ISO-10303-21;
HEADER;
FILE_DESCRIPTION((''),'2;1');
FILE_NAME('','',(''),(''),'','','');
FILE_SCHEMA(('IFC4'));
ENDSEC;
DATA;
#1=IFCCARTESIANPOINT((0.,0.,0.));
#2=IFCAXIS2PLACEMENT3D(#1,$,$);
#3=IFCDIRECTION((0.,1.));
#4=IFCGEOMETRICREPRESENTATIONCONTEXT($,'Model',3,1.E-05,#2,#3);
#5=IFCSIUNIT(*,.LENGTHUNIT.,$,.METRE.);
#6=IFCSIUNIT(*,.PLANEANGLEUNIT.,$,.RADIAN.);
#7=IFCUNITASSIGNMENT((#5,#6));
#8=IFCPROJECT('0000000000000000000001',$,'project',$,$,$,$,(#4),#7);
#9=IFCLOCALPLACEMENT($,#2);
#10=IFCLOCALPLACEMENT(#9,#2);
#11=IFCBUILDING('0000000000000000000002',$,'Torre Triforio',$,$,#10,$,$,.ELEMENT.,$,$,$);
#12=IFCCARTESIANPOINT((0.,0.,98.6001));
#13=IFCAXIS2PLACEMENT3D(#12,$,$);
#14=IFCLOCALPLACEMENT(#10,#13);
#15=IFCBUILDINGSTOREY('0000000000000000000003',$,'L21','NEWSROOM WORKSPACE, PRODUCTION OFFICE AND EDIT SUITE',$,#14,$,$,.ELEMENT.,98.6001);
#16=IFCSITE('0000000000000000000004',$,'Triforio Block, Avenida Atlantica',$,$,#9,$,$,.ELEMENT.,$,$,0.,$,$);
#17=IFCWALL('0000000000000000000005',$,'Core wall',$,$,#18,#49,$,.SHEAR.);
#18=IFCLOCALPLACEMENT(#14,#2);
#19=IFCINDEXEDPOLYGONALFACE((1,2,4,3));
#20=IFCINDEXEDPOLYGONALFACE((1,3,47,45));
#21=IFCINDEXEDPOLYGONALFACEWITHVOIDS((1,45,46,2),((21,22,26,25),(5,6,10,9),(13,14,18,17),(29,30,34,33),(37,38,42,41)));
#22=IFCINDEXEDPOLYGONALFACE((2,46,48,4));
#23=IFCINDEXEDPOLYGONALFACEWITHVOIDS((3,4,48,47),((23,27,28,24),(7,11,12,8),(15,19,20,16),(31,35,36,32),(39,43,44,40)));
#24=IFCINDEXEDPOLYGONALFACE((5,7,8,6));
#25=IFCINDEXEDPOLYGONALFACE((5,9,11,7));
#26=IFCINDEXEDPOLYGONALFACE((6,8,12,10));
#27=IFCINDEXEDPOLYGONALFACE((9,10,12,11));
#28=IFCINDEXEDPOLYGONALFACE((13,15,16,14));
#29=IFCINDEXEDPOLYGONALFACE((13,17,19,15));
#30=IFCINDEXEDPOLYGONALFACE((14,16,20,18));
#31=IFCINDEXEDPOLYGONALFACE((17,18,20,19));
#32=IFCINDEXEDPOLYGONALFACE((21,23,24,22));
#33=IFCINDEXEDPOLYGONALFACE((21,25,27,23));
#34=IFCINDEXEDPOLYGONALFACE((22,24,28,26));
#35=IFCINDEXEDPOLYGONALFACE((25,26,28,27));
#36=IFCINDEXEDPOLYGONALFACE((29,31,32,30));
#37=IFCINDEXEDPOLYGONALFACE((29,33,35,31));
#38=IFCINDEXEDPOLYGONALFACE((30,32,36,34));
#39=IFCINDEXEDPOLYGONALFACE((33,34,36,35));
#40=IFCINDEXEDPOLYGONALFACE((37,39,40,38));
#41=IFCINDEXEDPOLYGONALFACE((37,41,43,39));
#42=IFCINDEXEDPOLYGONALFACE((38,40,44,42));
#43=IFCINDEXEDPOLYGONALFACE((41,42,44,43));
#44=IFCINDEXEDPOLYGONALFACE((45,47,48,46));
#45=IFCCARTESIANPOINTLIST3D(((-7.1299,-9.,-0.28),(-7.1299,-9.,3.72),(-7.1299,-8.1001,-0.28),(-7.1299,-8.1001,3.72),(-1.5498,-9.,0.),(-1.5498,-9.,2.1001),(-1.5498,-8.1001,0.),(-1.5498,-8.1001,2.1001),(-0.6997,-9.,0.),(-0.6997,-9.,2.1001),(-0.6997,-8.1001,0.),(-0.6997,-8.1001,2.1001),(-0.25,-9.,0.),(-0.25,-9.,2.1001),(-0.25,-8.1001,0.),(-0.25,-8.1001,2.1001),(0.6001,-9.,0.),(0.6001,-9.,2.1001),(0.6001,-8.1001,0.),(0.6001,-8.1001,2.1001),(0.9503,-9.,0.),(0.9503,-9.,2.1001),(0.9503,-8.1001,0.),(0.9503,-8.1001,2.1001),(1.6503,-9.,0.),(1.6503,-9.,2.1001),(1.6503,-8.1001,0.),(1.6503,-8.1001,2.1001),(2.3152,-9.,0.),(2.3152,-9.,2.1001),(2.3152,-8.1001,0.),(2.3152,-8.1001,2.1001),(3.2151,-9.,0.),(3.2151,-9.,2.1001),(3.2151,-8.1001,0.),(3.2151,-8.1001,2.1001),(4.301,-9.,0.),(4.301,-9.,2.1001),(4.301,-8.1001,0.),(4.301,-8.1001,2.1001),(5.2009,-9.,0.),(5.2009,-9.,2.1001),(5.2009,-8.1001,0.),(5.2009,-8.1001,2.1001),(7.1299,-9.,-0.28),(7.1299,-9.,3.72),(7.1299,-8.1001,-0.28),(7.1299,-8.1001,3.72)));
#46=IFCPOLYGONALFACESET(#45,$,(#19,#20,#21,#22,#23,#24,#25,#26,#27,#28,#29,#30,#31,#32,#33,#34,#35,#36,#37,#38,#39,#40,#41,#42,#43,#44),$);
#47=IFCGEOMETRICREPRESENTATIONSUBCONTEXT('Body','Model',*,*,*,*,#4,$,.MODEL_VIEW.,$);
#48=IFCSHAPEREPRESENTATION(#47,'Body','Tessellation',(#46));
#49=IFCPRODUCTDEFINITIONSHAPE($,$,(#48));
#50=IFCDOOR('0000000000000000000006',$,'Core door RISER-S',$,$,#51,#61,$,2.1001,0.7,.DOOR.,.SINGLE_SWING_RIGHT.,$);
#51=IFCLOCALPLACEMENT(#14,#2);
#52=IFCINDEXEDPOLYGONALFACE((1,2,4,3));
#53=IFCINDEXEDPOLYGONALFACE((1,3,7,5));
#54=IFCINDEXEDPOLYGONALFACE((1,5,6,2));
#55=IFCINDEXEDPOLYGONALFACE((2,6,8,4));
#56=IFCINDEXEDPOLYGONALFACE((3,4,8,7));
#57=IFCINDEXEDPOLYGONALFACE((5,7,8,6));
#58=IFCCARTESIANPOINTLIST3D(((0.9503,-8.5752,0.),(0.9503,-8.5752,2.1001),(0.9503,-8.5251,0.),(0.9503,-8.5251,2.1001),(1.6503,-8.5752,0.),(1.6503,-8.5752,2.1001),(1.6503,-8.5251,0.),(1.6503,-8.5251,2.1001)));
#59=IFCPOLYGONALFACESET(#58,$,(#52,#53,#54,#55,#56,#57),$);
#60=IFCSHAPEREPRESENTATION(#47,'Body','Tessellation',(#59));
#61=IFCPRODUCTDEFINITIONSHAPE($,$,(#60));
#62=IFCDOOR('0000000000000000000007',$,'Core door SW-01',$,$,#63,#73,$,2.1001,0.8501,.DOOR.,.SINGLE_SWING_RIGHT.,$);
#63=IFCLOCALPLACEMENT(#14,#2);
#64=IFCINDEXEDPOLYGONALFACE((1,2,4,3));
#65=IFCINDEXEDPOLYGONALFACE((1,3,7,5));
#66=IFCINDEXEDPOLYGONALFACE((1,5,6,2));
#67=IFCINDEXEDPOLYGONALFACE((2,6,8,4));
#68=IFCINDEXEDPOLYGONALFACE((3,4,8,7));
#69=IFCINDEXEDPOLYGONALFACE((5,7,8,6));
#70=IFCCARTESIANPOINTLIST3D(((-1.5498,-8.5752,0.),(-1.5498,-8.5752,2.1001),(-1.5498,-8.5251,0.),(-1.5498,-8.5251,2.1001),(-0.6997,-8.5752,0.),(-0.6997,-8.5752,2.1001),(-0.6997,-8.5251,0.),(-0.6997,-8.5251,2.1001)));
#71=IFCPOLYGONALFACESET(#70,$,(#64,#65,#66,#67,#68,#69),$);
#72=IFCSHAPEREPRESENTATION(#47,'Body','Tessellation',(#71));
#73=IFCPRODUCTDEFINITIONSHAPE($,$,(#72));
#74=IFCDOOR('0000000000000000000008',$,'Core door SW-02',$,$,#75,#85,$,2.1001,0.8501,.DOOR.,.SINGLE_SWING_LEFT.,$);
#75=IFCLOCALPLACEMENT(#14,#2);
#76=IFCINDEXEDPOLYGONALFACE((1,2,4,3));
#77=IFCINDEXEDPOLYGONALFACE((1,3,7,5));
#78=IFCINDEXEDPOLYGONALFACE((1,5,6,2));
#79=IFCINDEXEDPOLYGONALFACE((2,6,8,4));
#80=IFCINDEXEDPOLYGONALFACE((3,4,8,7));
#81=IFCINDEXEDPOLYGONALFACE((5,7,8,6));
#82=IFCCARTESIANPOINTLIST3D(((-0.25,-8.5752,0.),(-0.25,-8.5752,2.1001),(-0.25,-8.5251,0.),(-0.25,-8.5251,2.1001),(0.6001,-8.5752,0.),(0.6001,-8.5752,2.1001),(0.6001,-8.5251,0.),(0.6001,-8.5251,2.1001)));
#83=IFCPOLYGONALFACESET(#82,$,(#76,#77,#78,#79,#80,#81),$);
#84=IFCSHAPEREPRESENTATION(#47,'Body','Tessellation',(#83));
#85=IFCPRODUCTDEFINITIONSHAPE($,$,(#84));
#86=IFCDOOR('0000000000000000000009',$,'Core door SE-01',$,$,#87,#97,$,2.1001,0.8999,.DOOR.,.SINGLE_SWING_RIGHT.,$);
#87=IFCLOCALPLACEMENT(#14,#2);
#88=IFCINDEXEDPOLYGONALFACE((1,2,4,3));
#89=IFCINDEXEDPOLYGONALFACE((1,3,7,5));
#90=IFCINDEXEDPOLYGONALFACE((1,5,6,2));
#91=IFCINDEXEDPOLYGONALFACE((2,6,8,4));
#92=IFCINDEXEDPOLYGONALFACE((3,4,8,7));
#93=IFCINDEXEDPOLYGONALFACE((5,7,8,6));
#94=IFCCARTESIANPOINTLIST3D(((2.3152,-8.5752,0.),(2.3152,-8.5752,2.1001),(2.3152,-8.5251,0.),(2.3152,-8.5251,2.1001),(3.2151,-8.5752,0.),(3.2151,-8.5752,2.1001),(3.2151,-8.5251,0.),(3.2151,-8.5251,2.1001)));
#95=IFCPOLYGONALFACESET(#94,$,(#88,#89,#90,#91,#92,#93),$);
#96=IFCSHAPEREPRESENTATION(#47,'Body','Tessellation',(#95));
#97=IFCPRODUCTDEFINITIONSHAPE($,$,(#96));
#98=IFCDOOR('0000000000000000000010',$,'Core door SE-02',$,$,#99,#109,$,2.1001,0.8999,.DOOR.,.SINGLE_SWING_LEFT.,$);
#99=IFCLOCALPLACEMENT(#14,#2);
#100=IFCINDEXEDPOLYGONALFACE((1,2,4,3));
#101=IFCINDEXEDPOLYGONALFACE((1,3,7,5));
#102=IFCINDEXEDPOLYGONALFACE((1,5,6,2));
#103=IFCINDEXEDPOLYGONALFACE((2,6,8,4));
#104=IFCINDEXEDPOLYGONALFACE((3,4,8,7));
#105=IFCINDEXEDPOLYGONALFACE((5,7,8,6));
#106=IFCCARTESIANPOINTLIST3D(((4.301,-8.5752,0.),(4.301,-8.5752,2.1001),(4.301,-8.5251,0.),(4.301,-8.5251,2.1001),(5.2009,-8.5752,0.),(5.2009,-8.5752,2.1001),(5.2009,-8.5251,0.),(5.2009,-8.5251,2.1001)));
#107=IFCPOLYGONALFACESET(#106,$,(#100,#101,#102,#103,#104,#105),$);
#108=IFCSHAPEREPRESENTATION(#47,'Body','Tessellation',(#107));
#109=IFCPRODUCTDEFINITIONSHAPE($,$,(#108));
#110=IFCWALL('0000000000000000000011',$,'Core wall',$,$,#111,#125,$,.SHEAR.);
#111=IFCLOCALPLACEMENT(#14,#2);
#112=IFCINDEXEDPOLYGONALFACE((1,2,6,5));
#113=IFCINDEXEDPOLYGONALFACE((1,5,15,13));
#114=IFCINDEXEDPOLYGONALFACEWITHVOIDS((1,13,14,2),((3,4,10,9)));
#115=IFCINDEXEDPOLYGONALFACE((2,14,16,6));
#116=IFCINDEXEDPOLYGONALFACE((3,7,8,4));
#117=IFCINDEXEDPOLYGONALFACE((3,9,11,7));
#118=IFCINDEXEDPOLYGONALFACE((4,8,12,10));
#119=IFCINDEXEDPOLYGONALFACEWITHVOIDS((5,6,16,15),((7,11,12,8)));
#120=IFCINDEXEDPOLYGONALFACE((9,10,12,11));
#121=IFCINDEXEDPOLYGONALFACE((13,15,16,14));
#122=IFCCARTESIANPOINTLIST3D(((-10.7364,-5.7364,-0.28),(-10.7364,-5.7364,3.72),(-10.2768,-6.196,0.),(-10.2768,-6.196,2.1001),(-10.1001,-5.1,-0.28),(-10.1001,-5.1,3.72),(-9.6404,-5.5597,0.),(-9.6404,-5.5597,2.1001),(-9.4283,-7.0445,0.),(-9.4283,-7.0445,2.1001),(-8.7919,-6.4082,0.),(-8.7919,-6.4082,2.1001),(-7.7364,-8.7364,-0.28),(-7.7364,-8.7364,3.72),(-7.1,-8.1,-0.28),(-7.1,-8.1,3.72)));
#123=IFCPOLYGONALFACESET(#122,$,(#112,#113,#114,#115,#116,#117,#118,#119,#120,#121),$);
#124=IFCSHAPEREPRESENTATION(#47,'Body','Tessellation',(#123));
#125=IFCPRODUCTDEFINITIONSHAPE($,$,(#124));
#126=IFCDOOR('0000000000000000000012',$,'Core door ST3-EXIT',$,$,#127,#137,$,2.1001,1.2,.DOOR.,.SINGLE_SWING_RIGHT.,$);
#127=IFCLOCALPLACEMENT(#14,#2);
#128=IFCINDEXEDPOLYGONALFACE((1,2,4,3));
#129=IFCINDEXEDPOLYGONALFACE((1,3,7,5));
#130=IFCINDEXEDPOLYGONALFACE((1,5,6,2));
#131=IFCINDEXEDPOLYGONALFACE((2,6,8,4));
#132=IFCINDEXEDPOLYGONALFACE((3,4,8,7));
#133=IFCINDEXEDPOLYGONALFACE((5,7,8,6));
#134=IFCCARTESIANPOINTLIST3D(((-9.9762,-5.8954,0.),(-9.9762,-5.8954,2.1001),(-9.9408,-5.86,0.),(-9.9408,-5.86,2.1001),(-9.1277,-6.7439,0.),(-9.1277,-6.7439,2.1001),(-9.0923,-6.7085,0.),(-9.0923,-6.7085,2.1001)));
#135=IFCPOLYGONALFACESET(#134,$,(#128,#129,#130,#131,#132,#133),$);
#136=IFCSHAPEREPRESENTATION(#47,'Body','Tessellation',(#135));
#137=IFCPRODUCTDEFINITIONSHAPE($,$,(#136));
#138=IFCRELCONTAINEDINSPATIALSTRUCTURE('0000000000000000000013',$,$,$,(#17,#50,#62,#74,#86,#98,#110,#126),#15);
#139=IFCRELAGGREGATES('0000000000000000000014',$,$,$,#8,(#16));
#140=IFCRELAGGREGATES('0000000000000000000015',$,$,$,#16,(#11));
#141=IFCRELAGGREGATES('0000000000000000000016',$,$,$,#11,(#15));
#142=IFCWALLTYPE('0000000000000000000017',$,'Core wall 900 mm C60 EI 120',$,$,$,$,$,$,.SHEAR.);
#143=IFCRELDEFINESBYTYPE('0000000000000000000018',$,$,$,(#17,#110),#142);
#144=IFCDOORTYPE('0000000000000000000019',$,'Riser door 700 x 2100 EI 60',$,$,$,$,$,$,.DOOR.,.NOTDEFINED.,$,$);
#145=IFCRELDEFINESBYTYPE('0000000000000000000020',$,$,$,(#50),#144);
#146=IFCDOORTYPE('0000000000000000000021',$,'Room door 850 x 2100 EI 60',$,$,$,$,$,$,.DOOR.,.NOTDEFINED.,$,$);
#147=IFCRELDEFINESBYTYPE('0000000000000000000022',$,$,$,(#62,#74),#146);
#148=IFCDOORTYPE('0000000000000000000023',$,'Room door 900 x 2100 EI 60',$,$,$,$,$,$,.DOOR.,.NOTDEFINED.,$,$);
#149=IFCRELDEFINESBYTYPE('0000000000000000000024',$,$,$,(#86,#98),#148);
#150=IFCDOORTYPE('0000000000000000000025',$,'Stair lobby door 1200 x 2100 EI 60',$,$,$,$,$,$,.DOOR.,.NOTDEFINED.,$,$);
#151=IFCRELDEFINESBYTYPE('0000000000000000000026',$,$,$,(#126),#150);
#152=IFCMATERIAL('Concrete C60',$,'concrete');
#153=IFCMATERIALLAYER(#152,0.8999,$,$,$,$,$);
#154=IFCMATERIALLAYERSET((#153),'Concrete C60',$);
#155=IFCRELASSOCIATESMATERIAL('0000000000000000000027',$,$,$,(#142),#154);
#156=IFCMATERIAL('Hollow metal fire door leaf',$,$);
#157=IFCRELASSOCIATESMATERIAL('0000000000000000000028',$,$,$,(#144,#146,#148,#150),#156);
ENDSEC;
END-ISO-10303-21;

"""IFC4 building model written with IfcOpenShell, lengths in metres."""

from ifc_helpers import new_model, si_unit, direction, frame, frame_2d, origin, place, context, subcontext, project, spatial, rectangle, extrude, material, layer, layer_set, type_object, element, fill, save


model = new_model("IFC4")

# Units and contexts
model_context = context("Model", 3, precision=1e-05, world=origin(), true_north=direction((0.0, 1.0)))
body_context = subcontext(model_context, "Body", "Model", "MODEL_VIEW")
ifc_project = project(units=[si_unit("LENGTHUNIT", "METRE"), si_unit("PLANEANGLEUNIT", "RADIAN")], contexts=[model_context])

# Site, building, storey
site_placement = place(None, origin())
site = spatial("IfcSite", under=ifc_project, at=site_placement, Name="Triforio Block, Avenida Atlantica", CompositionType="ELEMENT", RefElevation=0.0)
building_placement = place(site_placement, origin())
building = spatial("IfcBuilding", under=site, at=building_placement, Name="Torre Triforio", CompositionType="ELEMENT")
storey_placement = place(building_placement, frame((0.0, 0.0, 98.6001)))
storey = spatial("IfcBuildingStorey", under=building, at=storey_placement, Name="L21", Description="NEWSROOM WORKSPACE, PRODUCTION OFFICE AND EDIT SUITE", CompositionType="ELEMENT", Elevation=98.6001)

# Shared definitions
ifc_material_1 = material(Name="Concrete C60", Category="concrete")

# Wall, openings, doors
ifc_layer_1 = layer(ifc_material_1, 0.8999)
ifc_layer_set_1 = layer_set([ifc_layer_1], Name="Concrete C60")
wall_type_1 = type_object("IfcWallType", Name="Core wall 900 mm C60 EI 120", PredefinedType="SHEAR", material=ifc_layer_set_1)
wall_1_placement = place(storey_placement, frame((-7.1299, -8.55, -0.28), z_axis=(0.0, 0.0, 1.0), x_axis=(1.0, 0.0, 0.0)))
wall_1 = element("IfcWall", 1, at=wall_1_placement, inside=storey, type_object=wall_type_1, Name="Core wall", PredefinedType="SHEAR", context=body_context, shape_type="SweptSolid", body=[
    extrude(rectangle(XDim=14.2598, YDim=0.8999, at=frame_2d((7.1299, 0.0))), origin(), (0.0, 0.0, 1.0), 4.0),
])
opening_1_placement = place(wall_1_placement, frame((8.0801, 0.0, 0.28)))
opening_1 = element("IfcOpeningElement", 2, at=opening_1_placement, cuts=wall_1, PredefinedType="OPENING", context=body_context, shape_type="SweptSolid", body=[
    extrude(rectangle(XDim=0.7, YDim=2.1001, at=frame_2d((0.3501, 1.05))), frame((0.0, 0.46, 0.0), z_axis=(0.0, -1.0, 0.0), x_axis=(1.0, 0.0, 0.0)), (0.0, 0.0, 1.0), 0.9199),
])
opening_2_placement = place(wall_1_placement, frame((5.5801, 0.0, 0.28)))
opening_2 = element("IfcOpeningElement", 3, at=opening_2_placement, cuts=wall_1, PredefinedType="OPENING", context=body_context, shape_type="SweptSolid", body=[
    extrude(rectangle(XDim=0.8501, YDim=2.1001, at=frame_2d((0.425, 1.05))), frame((0.0, 0.46, 0.0), z_axis=(0.0, -1.0, 0.0), x_axis=(1.0, 0.0, 0.0)), (0.0, 0.0, 1.0), 0.9199),
])
opening_3_placement = place(wall_1_placement, frame((6.8799, 0.0, 0.28)))
opening_3 = element("IfcOpeningElement", 4, at=opening_3_placement, cuts=wall_1, PredefinedType="OPENING", context=body_context, shape_type="SweptSolid", body=[
    extrude(rectangle(XDim=0.8501, YDim=2.1001, at=frame_2d((0.425, 1.05))), frame((0.0, 0.46, 0.0), z_axis=(0.0, -1.0, 0.0), x_axis=(1.0, 0.0, 0.0)), (0.0, 0.0, 1.0), 0.9199),
])
opening_4_placement = place(wall_1_placement, frame((9.4451, 0.0, 0.28)))
opening_4 = element("IfcOpeningElement", 5, at=opening_4_placement, cuts=wall_1, PredefinedType="OPENING", context=body_context, shape_type="SweptSolid", body=[
    extrude(rectangle(XDim=0.8999, YDim=2.1001, at=frame_2d((0.45, 1.05))), frame((0.0, 0.46, 0.0), z_axis=(0.0, -1.0, 0.0), x_axis=(1.0, 0.0, 0.0)), (0.0, 0.0, 1.0), 0.9199),
])
opening_5_placement = place(wall_1_placement, frame((11.4309, 0.0, 0.28)))
opening_5 = element("IfcOpeningElement", 6, at=opening_5_placement, cuts=wall_1, PredefinedType="OPENING", context=body_context, shape_type="SweptSolid", body=[
    extrude(rectangle(XDim=0.8999, YDim=2.1001, at=frame_2d((0.45, 1.05))), frame((0.0, 0.46, 0.0), z_axis=(0.0, -1.0, 0.0), x_axis=(1.0, 0.0, 0.0)), (0.0, 0.0, 1.0), 0.9199),
])
ifc_material_2 = material(Name="Hollow metal fire door leaf")
door_type_1 = type_object("IfcDoorType", Name="Riser door 700 x 2100 EI 60", OperationType="NOTDEFINED", PredefinedType="DOOR", material=ifc_material_2)
door_1_placement = place(opening_1_placement, origin())
door_1 = element("IfcDoor", 7, at=door_1_placement, inside=storey, type_object=door_type_1, Name="Core door RISER-S", OperationType="SINGLE_SWING_RIGHT", OverallHeight=2.1001, OverallWidth=0.7, PredefinedType="DOOR", context=body_context, shape_type="SweptSolid", body=[
    extrude(rectangle(XDim=0.7, YDim=2.1001, at=frame_2d((0.3501, 1.05))), frame((0.0, 0.0249, 0.0), z_axis=(0.0, -1.0, 0.0), x_axis=(1.0, 0.0, 0.0)), (0.0, 0.0, 1.0), 0.05),
])
fill(opening_1, door_1)
door_type_2 = type_object("IfcDoorType", Name="Room door 850 x 2100 EI 60", OperationType="NOTDEFINED", PredefinedType="DOOR", material=ifc_material_2)
door_2_placement = place(opening_2_placement, origin())
door_2 = element("IfcDoor", 8, at=door_2_placement, inside=storey, type_object=door_type_2, Name="Core door SW-01", OperationType="SINGLE_SWING_RIGHT", OverallHeight=2.1001, OverallWidth=0.8501, PredefinedType="DOOR", context=body_context, shape_type="SweptSolid", body=[
    extrude(rectangle(XDim=0.8501, YDim=2.1001, at=frame_2d((0.425, 1.05))), frame((0.0, 0.0249, 0.0), z_axis=(0.0, -1.0, 0.0), x_axis=(1.0, 0.0, 0.0)), (0.0, 0.0, 1.0), 0.05),
])
fill(opening_2, door_2)
door_3_placement = place(opening_3_placement, origin())
door_3 = element("IfcDoor", 9, at=door_3_placement, inside=storey, type_object=door_type_2, Name="Core door SW-02", OperationType="SINGLE_SWING_LEFT", OverallHeight=2.1001, OverallWidth=0.8501, PredefinedType="DOOR", context=body_context, shape_type="SweptSolid", body=[
    extrude(rectangle(XDim=0.8501, YDim=2.1001, at=frame_2d((0.425, 1.05))), frame((0.0, 0.0249, 0.0), z_axis=(0.0, -1.0, 0.0), x_axis=(1.0, 0.0, 0.0)), (0.0, 0.0, 1.0), 0.05),
])
fill(opening_3, door_3)
door_type_3 = type_object("IfcDoorType", Name="Room door 900 x 2100 EI 60", OperationType="NOTDEFINED", PredefinedType="DOOR", material=ifc_material_2)
door_4_placement = place(opening_4_placement, origin())
door_4 = element("IfcDoor", 10, at=door_4_placement, inside=storey, type_object=door_type_3, Name="Core door SE-01", OperationType="SINGLE_SWING_RIGHT", OverallHeight=2.1001, OverallWidth=0.8999, PredefinedType="DOOR", context=body_context, shape_type="SweptSolid", body=[
    extrude(rectangle(XDim=0.8999, YDim=2.1001, at=frame_2d((0.45, 1.05))), frame((0.0, 0.0249, 0.0), z_axis=(0.0, -1.0, 0.0), x_axis=(1.0, 0.0, 0.0)), (0.0, 0.0, 1.0), 0.05),
])
fill(opening_4, door_4)
door_5_placement = place(opening_5_placement, origin())
door_5 = element("IfcDoor", 11, at=door_5_placement, inside=storey, type_object=door_type_3, Name="Core door SE-02", OperationType="SINGLE_SWING_LEFT", OverallHeight=2.1001, OverallWidth=0.8999, PredefinedType="DOOR", context=body_context, shape_type="SweptSolid", body=[
    extrude(rectangle(XDim=0.8999, YDim=2.1001, at=frame_2d((0.45, 1.05))), frame((0.0, 0.0249, 0.0), z_axis=(0.0, -1.0, 0.0), x_axis=(1.0, 0.0, 0.0)), (0.0, 0.0, 1.0), 0.05),
])
fill(opening_5, door_5)

# Wall, opening, door
wall_2_placement = place(storey_placement, frame((-7.4182, -8.4182, -0.28), z_axis=(0.0, 0.0, 1.0), x_axis=(-0.707107, 0.707107, 0.0)))
wall_2 = element("IfcWall", 12, at=wall_2_placement, inside=storey, type_object=wall_type_1, Name="Core wall", PredefinedType="SHEAR", context=body_context, shape_type="SweptSolid", body=[
    extrude(rectangle(XDim=4.2427, YDim=0.8999, at=frame_2d((2.1213, 0.0))), origin(), (0.0, 0.0, 1.0), 4.0),
])
opening_6_placement = place(wall_2_placement, frame((2.3926, 0.0, 0.28)))
opening_6 = element("IfcOpeningElement", 13, at=opening_6_placement, cuts=wall_2, PredefinedType="OPENING", context=body_context, shape_type="SweptSolid", body=[
    extrude(rectangle(XDim=1.2, YDim=2.1001, at=frame_2d((0.6001, 1.05))), frame((0.0, 0.46, 0.0), z_axis=(0.0, -1.0, 0.0), x_axis=(1.0, 0.0, 0.0)), (0.0, 0.0, 1.0), 0.9199),
])
door_type_4 = type_object("IfcDoorType", Name="Stair lobby door 1200 x 2100 EI 60", OperationType="NOTDEFINED", PredefinedType="DOOR", material=ifc_material_2)
door_6_placement = place(opening_6_placement, origin())
door_6 = element("IfcDoor", 14, at=door_6_placement, inside=storey, type_object=door_type_4, Name="Core door ST3-EXIT", OperationType="SINGLE_SWING_RIGHT", OverallHeight=2.1001, OverallWidth=1.2, PredefinedType="DOOR", context=body_context, shape_type="SweptSolid", body=[
    extrude(rectangle(XDim=1.2, YDim=2.1001, at=frame_2d((0.6001, 1.05))), frame((0.0, 0.0249, 0.0), z_axis=(0.0, -1.0, 0.0), x_axis=(1.0, 0.0, 0.0)), (0.0, 0.0, 1.0), 0.05),
])
fill(opening_6, door_6)

save(model, "model.ifc")
